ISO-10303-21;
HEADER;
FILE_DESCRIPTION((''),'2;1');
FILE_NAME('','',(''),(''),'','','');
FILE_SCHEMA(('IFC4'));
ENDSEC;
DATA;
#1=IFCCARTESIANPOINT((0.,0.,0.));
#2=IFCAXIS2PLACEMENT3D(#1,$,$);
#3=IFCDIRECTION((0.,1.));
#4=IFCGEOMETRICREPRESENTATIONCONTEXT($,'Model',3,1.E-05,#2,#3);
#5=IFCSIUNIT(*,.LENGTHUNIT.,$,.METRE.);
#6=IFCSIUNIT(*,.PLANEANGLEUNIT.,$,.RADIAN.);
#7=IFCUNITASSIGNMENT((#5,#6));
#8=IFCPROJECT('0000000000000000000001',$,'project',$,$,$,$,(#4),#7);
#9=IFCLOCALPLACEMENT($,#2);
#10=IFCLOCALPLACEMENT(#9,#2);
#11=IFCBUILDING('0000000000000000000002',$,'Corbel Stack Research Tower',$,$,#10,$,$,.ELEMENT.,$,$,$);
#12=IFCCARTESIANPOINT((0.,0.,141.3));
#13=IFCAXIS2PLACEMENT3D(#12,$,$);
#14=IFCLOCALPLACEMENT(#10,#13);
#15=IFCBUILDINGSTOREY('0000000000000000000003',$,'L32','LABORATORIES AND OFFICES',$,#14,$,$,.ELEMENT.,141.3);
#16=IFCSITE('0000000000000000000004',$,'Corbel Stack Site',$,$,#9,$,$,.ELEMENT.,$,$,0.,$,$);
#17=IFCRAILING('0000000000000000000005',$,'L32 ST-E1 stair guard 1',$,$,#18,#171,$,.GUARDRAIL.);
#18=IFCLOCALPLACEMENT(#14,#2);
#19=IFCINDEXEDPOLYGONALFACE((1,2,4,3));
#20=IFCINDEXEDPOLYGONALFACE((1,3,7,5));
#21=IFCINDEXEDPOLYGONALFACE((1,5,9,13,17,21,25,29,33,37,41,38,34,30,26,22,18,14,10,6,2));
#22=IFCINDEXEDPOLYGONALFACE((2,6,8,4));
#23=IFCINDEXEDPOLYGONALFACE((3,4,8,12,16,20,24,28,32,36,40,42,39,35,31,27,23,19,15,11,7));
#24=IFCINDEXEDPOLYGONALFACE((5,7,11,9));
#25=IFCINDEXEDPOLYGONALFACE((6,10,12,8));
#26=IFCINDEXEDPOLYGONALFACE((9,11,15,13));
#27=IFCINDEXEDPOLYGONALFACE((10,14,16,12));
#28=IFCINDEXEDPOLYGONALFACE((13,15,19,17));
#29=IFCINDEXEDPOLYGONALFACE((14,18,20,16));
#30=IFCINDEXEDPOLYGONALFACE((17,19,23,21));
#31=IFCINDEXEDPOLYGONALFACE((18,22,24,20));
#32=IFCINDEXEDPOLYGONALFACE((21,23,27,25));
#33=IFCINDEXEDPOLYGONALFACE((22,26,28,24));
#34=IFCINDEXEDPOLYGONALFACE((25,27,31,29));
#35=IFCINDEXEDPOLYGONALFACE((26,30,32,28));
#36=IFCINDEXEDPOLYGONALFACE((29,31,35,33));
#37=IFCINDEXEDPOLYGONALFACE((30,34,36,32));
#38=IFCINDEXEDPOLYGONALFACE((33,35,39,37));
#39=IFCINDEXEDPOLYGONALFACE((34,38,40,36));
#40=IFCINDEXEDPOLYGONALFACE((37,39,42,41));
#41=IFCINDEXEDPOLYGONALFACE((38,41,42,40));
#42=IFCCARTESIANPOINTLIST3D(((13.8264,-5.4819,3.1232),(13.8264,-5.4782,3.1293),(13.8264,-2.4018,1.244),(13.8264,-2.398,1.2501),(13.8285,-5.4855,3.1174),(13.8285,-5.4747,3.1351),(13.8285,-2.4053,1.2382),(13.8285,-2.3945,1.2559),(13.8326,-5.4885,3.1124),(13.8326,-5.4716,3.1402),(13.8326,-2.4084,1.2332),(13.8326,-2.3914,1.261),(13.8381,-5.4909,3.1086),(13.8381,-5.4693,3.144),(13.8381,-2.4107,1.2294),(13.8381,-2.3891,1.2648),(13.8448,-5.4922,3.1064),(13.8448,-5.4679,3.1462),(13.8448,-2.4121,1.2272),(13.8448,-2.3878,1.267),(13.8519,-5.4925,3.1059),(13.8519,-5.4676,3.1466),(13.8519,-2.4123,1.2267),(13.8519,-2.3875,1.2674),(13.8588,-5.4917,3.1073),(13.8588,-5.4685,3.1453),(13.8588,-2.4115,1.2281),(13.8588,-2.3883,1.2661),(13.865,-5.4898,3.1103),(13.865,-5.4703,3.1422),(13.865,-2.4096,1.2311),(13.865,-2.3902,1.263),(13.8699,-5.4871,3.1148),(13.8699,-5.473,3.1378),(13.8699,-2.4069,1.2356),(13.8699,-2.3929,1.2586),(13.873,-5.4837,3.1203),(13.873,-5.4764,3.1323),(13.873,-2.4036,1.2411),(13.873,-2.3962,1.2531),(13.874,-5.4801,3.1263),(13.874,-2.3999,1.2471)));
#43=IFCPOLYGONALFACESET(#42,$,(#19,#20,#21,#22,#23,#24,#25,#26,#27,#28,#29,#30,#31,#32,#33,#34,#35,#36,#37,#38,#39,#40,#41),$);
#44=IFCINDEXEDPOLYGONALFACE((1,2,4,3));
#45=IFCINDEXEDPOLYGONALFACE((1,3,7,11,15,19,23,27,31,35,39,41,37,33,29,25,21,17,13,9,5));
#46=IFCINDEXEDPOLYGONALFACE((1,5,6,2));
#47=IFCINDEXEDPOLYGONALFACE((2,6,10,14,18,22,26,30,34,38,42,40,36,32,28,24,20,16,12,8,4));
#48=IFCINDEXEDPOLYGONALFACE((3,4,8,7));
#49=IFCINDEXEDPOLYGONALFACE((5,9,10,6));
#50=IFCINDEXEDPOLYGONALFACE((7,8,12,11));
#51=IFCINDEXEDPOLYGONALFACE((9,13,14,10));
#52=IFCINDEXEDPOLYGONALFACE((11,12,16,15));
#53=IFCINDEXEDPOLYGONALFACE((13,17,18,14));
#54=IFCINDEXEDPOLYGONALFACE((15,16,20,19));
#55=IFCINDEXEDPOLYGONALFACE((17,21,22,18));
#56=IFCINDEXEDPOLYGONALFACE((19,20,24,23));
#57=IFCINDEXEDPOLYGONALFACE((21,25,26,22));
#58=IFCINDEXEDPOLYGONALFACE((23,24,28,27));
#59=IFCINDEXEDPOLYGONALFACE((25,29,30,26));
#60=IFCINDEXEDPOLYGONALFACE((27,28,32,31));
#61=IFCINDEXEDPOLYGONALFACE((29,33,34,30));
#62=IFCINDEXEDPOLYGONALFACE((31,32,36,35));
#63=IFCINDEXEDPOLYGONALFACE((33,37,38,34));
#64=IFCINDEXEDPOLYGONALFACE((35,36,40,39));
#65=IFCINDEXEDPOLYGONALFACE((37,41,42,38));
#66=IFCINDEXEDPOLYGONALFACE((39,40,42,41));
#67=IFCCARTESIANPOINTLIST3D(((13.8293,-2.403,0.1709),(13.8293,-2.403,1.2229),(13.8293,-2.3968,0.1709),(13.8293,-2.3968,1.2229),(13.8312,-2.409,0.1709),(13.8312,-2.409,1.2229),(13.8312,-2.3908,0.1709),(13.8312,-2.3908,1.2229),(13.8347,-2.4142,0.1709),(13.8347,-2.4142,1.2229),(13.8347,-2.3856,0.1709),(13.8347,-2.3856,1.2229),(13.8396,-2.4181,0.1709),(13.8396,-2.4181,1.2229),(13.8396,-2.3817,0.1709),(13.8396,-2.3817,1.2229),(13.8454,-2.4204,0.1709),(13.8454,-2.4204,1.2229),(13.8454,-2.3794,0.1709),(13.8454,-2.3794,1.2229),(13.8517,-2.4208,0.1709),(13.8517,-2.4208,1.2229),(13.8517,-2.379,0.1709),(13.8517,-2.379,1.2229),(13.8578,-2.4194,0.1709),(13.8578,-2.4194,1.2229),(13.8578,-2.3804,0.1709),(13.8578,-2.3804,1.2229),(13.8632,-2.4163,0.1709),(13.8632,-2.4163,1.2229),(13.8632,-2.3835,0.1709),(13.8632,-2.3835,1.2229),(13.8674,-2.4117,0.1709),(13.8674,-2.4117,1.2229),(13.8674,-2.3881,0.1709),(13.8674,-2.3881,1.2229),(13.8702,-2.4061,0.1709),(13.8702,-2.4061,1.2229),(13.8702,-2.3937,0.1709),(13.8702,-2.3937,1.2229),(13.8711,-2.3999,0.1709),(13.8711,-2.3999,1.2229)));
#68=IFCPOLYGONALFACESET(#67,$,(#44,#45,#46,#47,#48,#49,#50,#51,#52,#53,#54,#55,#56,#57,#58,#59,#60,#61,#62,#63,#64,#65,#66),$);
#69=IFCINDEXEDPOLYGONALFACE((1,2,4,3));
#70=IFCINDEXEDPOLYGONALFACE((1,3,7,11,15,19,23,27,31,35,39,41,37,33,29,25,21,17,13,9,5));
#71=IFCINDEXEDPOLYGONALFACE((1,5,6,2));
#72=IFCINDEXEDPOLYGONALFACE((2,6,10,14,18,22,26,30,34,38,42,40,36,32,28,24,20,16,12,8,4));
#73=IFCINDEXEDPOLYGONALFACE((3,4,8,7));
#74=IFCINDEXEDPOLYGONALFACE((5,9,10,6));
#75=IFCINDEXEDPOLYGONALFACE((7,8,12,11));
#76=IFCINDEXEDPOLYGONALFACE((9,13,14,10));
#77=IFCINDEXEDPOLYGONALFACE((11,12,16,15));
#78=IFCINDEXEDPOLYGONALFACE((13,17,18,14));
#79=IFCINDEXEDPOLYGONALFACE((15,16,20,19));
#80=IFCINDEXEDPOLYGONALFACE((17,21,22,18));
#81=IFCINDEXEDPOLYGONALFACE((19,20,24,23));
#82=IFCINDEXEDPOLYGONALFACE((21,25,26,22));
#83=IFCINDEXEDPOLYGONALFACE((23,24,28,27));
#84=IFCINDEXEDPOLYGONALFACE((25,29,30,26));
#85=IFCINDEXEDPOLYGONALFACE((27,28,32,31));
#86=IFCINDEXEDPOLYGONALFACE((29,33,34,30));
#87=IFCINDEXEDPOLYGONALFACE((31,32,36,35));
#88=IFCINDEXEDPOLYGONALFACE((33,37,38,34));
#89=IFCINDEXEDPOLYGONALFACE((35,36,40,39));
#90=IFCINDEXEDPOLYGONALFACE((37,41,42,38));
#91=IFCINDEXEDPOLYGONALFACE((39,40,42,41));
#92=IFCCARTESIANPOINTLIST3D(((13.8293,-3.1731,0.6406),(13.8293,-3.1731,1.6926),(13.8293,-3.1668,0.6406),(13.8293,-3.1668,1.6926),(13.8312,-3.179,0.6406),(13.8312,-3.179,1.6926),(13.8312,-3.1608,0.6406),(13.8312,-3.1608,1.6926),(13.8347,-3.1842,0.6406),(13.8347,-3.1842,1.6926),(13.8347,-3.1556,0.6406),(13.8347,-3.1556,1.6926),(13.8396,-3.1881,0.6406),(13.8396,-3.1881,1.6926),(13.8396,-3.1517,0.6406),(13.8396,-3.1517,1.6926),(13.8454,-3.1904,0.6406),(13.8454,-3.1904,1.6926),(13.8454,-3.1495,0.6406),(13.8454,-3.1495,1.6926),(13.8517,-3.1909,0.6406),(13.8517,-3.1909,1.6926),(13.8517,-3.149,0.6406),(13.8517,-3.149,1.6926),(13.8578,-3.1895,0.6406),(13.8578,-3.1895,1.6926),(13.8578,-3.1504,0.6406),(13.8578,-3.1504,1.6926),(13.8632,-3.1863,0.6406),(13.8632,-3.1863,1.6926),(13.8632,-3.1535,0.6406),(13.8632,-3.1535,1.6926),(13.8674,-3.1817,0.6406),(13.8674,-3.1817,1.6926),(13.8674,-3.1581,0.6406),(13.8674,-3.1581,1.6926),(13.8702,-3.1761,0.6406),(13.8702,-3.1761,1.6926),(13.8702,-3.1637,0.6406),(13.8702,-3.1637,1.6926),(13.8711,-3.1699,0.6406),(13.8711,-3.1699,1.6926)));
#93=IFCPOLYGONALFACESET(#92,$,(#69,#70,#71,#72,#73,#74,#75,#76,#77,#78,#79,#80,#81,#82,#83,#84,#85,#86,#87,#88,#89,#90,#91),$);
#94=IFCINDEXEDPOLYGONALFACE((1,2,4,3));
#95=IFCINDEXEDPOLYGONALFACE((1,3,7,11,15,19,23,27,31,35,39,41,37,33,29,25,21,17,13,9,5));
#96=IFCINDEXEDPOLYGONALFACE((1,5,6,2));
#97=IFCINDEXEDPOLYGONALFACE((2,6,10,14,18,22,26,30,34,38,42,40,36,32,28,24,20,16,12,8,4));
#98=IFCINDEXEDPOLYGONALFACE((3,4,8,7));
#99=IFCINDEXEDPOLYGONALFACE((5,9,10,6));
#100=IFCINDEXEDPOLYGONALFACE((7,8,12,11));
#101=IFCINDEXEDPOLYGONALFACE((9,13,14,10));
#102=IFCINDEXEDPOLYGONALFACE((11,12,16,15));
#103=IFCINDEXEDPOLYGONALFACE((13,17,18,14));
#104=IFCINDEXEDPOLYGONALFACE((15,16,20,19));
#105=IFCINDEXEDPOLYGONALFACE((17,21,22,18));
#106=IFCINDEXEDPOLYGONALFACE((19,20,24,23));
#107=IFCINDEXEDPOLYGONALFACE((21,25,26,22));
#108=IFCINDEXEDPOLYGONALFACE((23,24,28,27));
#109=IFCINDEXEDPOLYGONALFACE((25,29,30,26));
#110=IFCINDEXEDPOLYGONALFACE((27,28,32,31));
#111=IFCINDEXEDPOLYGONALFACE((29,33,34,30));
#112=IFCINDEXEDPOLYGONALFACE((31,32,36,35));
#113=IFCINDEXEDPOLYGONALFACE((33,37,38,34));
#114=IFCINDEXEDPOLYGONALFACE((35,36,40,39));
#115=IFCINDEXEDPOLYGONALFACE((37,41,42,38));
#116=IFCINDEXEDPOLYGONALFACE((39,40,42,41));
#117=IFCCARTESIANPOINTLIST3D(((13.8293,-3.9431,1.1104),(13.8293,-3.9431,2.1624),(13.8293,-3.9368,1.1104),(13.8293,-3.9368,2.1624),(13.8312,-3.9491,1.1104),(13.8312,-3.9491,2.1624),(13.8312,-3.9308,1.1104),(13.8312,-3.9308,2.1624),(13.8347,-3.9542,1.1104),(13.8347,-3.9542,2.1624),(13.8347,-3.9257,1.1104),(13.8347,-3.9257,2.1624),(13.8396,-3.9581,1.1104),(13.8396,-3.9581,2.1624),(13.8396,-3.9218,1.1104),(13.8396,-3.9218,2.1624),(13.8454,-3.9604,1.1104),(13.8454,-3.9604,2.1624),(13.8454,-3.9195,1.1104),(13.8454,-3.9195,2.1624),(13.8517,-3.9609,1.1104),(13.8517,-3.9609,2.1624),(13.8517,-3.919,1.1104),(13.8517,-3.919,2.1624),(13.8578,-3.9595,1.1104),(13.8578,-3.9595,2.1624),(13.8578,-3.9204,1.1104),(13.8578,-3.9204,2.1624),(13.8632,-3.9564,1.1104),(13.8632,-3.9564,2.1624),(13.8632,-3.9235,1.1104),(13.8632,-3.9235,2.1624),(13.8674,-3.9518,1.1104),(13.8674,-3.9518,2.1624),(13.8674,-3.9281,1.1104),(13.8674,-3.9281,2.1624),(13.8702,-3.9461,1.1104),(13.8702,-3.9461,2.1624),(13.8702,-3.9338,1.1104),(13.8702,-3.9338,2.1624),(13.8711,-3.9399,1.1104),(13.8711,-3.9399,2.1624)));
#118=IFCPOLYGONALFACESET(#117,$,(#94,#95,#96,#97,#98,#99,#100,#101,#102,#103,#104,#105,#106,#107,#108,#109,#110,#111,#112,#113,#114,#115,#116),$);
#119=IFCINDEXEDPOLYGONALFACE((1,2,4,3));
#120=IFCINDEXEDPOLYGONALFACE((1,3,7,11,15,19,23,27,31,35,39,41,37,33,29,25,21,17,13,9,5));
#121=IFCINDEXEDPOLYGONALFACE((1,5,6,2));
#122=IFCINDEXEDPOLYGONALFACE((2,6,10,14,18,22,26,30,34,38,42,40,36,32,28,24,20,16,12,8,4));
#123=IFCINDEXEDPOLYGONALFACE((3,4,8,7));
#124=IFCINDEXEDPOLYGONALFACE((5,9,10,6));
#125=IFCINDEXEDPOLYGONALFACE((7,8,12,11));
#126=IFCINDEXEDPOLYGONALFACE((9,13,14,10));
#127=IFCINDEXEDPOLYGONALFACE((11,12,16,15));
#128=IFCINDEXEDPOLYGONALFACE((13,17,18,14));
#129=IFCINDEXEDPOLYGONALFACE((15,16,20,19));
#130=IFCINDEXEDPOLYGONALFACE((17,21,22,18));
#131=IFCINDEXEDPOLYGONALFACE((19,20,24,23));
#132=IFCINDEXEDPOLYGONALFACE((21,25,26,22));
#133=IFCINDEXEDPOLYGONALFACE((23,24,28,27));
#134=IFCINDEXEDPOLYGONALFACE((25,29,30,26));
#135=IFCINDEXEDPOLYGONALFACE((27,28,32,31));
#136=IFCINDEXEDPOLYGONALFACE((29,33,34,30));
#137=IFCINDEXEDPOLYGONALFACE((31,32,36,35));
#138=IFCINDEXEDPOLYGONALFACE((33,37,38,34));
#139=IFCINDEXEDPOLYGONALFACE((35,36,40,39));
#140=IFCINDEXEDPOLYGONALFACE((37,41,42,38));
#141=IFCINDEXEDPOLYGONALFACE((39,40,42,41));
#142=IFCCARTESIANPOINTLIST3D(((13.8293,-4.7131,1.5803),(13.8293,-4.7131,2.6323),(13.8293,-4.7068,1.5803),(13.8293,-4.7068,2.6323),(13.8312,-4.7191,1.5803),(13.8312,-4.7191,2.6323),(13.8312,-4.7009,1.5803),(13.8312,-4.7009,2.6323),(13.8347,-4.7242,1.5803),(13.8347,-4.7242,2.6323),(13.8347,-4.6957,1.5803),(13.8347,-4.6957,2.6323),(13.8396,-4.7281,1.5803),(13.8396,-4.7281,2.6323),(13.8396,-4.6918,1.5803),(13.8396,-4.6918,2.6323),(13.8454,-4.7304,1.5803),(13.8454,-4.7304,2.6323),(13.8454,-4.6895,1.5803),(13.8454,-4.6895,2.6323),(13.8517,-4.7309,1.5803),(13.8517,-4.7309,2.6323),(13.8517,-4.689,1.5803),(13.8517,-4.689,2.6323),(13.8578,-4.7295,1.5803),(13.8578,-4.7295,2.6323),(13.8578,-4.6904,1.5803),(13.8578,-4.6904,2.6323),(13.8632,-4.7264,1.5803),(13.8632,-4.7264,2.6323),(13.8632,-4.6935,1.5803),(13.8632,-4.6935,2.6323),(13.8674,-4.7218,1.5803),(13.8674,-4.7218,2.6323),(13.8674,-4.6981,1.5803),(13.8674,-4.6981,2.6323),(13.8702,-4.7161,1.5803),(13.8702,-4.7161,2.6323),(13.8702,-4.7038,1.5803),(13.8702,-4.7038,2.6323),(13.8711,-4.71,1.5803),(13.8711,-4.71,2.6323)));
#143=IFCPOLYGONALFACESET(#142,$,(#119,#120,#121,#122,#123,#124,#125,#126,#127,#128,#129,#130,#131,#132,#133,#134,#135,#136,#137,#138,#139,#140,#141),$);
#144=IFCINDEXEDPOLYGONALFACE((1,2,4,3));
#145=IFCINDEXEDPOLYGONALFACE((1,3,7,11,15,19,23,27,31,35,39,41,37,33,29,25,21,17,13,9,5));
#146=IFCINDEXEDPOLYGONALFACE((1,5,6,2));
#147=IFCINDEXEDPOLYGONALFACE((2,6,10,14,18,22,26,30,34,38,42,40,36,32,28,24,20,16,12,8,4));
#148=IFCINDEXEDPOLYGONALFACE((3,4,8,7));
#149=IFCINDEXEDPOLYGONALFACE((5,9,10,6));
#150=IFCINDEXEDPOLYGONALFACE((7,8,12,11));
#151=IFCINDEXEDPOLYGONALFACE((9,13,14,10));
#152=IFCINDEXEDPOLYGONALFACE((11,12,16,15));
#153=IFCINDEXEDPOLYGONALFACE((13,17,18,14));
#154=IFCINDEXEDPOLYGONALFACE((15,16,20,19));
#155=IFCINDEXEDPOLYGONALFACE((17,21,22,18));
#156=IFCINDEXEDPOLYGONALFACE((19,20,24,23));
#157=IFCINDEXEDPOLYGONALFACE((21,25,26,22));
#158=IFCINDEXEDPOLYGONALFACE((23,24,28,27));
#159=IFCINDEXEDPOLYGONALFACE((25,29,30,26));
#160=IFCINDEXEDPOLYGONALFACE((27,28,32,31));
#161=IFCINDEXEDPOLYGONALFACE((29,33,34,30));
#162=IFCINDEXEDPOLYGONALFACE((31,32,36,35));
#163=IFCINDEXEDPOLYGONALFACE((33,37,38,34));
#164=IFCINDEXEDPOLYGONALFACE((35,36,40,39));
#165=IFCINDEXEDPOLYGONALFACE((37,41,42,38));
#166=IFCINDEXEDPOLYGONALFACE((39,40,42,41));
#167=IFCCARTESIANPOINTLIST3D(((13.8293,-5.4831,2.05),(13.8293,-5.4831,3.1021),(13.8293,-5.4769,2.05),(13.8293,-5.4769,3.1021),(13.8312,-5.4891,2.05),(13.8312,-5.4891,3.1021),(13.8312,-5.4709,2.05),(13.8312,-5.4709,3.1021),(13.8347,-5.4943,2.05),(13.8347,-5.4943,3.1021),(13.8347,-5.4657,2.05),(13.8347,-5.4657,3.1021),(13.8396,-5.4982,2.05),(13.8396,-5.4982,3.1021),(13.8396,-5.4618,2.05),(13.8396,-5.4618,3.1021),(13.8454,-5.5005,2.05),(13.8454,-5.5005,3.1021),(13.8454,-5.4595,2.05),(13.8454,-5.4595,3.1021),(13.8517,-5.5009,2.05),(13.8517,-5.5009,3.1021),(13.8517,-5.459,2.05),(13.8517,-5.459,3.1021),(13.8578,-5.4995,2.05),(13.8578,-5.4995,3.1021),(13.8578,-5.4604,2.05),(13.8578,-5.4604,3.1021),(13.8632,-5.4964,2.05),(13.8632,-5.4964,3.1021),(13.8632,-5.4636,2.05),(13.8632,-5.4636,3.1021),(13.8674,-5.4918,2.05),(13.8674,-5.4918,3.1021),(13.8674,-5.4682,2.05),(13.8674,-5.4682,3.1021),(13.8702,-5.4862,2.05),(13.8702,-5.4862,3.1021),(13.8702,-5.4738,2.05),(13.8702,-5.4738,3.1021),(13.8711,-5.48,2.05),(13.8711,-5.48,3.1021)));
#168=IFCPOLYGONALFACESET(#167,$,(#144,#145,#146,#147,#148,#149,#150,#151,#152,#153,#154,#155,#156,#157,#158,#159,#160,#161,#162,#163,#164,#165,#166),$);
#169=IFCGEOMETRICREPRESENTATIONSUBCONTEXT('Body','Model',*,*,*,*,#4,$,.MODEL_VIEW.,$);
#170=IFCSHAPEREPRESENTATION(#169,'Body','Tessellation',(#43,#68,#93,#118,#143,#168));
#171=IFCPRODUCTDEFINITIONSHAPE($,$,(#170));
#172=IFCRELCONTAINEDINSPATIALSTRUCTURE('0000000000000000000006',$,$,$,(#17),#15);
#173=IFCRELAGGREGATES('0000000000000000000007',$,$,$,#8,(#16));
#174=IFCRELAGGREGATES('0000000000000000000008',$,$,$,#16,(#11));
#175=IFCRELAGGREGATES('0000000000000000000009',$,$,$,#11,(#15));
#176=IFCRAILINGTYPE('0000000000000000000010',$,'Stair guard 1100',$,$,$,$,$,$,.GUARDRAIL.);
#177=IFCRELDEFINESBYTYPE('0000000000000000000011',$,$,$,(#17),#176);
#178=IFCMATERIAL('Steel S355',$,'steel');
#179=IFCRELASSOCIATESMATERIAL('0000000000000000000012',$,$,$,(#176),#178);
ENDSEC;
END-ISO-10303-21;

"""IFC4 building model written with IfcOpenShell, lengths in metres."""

from ifc_helpers import new_model, si_unit, direction, frame, origin, origin_2d, place, context, subcontext, project, spatial, circle, extrude, material, type_object, element, save


model = new_model("IFC4")

# Units and contexts
model_context = context("Model", 3, precision=1e-05, world=origin(), true_north=direction((0.0, 1.0)))
body_context = subcontext(model_context, "Body", "Model", "MODEL_VIEW")
ifc_project = project(units=[si_unit("LENGTHUNIT", "METRE"), si_unit("PLANEANGLEUNIT", "RADIAN")], contexts=[model_context])

# Site, building, storey
site_placement = place(None, origin())
site = spatial("IfcSite", under=ifc_project, at=site_placement, Name="Corbel Stack Site", CompositionType="ELEMENT", RefElevation=0.0)
building_placement = place(site_placement, origin())
building = spatial("IfcBuilding", under=site, at=building_placement, Name="Corbel Stack Research Tower", CompositionType="ELEMENT")
storey_placement = place(building_placement, frame((0.0, 0.0, 141.3)))
storey = spatial("IfcBuildingStorey", under=building, at=storey_placement, Name="L32", Description="LABORATORIES AND OFFICES", CompositionType="ELEMENT", Elevation=141.3)

# Railing
ifc_material_1 = material(Name="Steel S355", Category="steel")
railing_type_1 = type_object("IfcRailingType", Name="Stair guard 1100", PredefinedType="GUARDRAIL", material=ifc_material_1)
railing_1_placement = place(storey_placement, frame((13.8501, -2.3999, 0.1709)))
element("IfcRailing", 1, at=railing_1_placement, inside=storey, type_object=railing_type_1, Name="L32 ST-E1 stair guard 1", PredefinedType="GUARDRAIL", context=body_context, shape_type="SweptSolid", body=[
    extrude(circle(Radius=0.0239, at=origin_2d()), frame((0.0, 0.0, 1.0762), z_axis=(0.0, -0.853666, 0.52082), x_axis=(1.0, 0.0, 0.0)), (0.0, 0.0, 1.0), 3.6082),
    extrude(circle(Radius=0.021, at=origin_2d()), origin(), (0.0, 0.0, 1.0), 1.052),
    extrude(circle(Radius=0.021, at=origin_2d()), frame((0.0, -0.77, 0.4697)), (0.0, 0.0, 1.0), 1.052),
    extrude(circle(Radius=0.021, at=origin_2d()), frame((0.0, -1.54, 0.9395)), (0.0, 0.0, 1.0), 1.052),
    extrude(circle(Radius=0.021, at=origin_2d()), frame((0.0, -2.3101, 1.4094)), (0.0, 0.0, 1.0), 1.052),
    extrude(circle(Radius=0.021, at=origin_2d()), frame((0.0, -3.0801, 1.8792)), (0.0, 0.0, 1.0), 1.052),
])

save(model, "model.ifc")
